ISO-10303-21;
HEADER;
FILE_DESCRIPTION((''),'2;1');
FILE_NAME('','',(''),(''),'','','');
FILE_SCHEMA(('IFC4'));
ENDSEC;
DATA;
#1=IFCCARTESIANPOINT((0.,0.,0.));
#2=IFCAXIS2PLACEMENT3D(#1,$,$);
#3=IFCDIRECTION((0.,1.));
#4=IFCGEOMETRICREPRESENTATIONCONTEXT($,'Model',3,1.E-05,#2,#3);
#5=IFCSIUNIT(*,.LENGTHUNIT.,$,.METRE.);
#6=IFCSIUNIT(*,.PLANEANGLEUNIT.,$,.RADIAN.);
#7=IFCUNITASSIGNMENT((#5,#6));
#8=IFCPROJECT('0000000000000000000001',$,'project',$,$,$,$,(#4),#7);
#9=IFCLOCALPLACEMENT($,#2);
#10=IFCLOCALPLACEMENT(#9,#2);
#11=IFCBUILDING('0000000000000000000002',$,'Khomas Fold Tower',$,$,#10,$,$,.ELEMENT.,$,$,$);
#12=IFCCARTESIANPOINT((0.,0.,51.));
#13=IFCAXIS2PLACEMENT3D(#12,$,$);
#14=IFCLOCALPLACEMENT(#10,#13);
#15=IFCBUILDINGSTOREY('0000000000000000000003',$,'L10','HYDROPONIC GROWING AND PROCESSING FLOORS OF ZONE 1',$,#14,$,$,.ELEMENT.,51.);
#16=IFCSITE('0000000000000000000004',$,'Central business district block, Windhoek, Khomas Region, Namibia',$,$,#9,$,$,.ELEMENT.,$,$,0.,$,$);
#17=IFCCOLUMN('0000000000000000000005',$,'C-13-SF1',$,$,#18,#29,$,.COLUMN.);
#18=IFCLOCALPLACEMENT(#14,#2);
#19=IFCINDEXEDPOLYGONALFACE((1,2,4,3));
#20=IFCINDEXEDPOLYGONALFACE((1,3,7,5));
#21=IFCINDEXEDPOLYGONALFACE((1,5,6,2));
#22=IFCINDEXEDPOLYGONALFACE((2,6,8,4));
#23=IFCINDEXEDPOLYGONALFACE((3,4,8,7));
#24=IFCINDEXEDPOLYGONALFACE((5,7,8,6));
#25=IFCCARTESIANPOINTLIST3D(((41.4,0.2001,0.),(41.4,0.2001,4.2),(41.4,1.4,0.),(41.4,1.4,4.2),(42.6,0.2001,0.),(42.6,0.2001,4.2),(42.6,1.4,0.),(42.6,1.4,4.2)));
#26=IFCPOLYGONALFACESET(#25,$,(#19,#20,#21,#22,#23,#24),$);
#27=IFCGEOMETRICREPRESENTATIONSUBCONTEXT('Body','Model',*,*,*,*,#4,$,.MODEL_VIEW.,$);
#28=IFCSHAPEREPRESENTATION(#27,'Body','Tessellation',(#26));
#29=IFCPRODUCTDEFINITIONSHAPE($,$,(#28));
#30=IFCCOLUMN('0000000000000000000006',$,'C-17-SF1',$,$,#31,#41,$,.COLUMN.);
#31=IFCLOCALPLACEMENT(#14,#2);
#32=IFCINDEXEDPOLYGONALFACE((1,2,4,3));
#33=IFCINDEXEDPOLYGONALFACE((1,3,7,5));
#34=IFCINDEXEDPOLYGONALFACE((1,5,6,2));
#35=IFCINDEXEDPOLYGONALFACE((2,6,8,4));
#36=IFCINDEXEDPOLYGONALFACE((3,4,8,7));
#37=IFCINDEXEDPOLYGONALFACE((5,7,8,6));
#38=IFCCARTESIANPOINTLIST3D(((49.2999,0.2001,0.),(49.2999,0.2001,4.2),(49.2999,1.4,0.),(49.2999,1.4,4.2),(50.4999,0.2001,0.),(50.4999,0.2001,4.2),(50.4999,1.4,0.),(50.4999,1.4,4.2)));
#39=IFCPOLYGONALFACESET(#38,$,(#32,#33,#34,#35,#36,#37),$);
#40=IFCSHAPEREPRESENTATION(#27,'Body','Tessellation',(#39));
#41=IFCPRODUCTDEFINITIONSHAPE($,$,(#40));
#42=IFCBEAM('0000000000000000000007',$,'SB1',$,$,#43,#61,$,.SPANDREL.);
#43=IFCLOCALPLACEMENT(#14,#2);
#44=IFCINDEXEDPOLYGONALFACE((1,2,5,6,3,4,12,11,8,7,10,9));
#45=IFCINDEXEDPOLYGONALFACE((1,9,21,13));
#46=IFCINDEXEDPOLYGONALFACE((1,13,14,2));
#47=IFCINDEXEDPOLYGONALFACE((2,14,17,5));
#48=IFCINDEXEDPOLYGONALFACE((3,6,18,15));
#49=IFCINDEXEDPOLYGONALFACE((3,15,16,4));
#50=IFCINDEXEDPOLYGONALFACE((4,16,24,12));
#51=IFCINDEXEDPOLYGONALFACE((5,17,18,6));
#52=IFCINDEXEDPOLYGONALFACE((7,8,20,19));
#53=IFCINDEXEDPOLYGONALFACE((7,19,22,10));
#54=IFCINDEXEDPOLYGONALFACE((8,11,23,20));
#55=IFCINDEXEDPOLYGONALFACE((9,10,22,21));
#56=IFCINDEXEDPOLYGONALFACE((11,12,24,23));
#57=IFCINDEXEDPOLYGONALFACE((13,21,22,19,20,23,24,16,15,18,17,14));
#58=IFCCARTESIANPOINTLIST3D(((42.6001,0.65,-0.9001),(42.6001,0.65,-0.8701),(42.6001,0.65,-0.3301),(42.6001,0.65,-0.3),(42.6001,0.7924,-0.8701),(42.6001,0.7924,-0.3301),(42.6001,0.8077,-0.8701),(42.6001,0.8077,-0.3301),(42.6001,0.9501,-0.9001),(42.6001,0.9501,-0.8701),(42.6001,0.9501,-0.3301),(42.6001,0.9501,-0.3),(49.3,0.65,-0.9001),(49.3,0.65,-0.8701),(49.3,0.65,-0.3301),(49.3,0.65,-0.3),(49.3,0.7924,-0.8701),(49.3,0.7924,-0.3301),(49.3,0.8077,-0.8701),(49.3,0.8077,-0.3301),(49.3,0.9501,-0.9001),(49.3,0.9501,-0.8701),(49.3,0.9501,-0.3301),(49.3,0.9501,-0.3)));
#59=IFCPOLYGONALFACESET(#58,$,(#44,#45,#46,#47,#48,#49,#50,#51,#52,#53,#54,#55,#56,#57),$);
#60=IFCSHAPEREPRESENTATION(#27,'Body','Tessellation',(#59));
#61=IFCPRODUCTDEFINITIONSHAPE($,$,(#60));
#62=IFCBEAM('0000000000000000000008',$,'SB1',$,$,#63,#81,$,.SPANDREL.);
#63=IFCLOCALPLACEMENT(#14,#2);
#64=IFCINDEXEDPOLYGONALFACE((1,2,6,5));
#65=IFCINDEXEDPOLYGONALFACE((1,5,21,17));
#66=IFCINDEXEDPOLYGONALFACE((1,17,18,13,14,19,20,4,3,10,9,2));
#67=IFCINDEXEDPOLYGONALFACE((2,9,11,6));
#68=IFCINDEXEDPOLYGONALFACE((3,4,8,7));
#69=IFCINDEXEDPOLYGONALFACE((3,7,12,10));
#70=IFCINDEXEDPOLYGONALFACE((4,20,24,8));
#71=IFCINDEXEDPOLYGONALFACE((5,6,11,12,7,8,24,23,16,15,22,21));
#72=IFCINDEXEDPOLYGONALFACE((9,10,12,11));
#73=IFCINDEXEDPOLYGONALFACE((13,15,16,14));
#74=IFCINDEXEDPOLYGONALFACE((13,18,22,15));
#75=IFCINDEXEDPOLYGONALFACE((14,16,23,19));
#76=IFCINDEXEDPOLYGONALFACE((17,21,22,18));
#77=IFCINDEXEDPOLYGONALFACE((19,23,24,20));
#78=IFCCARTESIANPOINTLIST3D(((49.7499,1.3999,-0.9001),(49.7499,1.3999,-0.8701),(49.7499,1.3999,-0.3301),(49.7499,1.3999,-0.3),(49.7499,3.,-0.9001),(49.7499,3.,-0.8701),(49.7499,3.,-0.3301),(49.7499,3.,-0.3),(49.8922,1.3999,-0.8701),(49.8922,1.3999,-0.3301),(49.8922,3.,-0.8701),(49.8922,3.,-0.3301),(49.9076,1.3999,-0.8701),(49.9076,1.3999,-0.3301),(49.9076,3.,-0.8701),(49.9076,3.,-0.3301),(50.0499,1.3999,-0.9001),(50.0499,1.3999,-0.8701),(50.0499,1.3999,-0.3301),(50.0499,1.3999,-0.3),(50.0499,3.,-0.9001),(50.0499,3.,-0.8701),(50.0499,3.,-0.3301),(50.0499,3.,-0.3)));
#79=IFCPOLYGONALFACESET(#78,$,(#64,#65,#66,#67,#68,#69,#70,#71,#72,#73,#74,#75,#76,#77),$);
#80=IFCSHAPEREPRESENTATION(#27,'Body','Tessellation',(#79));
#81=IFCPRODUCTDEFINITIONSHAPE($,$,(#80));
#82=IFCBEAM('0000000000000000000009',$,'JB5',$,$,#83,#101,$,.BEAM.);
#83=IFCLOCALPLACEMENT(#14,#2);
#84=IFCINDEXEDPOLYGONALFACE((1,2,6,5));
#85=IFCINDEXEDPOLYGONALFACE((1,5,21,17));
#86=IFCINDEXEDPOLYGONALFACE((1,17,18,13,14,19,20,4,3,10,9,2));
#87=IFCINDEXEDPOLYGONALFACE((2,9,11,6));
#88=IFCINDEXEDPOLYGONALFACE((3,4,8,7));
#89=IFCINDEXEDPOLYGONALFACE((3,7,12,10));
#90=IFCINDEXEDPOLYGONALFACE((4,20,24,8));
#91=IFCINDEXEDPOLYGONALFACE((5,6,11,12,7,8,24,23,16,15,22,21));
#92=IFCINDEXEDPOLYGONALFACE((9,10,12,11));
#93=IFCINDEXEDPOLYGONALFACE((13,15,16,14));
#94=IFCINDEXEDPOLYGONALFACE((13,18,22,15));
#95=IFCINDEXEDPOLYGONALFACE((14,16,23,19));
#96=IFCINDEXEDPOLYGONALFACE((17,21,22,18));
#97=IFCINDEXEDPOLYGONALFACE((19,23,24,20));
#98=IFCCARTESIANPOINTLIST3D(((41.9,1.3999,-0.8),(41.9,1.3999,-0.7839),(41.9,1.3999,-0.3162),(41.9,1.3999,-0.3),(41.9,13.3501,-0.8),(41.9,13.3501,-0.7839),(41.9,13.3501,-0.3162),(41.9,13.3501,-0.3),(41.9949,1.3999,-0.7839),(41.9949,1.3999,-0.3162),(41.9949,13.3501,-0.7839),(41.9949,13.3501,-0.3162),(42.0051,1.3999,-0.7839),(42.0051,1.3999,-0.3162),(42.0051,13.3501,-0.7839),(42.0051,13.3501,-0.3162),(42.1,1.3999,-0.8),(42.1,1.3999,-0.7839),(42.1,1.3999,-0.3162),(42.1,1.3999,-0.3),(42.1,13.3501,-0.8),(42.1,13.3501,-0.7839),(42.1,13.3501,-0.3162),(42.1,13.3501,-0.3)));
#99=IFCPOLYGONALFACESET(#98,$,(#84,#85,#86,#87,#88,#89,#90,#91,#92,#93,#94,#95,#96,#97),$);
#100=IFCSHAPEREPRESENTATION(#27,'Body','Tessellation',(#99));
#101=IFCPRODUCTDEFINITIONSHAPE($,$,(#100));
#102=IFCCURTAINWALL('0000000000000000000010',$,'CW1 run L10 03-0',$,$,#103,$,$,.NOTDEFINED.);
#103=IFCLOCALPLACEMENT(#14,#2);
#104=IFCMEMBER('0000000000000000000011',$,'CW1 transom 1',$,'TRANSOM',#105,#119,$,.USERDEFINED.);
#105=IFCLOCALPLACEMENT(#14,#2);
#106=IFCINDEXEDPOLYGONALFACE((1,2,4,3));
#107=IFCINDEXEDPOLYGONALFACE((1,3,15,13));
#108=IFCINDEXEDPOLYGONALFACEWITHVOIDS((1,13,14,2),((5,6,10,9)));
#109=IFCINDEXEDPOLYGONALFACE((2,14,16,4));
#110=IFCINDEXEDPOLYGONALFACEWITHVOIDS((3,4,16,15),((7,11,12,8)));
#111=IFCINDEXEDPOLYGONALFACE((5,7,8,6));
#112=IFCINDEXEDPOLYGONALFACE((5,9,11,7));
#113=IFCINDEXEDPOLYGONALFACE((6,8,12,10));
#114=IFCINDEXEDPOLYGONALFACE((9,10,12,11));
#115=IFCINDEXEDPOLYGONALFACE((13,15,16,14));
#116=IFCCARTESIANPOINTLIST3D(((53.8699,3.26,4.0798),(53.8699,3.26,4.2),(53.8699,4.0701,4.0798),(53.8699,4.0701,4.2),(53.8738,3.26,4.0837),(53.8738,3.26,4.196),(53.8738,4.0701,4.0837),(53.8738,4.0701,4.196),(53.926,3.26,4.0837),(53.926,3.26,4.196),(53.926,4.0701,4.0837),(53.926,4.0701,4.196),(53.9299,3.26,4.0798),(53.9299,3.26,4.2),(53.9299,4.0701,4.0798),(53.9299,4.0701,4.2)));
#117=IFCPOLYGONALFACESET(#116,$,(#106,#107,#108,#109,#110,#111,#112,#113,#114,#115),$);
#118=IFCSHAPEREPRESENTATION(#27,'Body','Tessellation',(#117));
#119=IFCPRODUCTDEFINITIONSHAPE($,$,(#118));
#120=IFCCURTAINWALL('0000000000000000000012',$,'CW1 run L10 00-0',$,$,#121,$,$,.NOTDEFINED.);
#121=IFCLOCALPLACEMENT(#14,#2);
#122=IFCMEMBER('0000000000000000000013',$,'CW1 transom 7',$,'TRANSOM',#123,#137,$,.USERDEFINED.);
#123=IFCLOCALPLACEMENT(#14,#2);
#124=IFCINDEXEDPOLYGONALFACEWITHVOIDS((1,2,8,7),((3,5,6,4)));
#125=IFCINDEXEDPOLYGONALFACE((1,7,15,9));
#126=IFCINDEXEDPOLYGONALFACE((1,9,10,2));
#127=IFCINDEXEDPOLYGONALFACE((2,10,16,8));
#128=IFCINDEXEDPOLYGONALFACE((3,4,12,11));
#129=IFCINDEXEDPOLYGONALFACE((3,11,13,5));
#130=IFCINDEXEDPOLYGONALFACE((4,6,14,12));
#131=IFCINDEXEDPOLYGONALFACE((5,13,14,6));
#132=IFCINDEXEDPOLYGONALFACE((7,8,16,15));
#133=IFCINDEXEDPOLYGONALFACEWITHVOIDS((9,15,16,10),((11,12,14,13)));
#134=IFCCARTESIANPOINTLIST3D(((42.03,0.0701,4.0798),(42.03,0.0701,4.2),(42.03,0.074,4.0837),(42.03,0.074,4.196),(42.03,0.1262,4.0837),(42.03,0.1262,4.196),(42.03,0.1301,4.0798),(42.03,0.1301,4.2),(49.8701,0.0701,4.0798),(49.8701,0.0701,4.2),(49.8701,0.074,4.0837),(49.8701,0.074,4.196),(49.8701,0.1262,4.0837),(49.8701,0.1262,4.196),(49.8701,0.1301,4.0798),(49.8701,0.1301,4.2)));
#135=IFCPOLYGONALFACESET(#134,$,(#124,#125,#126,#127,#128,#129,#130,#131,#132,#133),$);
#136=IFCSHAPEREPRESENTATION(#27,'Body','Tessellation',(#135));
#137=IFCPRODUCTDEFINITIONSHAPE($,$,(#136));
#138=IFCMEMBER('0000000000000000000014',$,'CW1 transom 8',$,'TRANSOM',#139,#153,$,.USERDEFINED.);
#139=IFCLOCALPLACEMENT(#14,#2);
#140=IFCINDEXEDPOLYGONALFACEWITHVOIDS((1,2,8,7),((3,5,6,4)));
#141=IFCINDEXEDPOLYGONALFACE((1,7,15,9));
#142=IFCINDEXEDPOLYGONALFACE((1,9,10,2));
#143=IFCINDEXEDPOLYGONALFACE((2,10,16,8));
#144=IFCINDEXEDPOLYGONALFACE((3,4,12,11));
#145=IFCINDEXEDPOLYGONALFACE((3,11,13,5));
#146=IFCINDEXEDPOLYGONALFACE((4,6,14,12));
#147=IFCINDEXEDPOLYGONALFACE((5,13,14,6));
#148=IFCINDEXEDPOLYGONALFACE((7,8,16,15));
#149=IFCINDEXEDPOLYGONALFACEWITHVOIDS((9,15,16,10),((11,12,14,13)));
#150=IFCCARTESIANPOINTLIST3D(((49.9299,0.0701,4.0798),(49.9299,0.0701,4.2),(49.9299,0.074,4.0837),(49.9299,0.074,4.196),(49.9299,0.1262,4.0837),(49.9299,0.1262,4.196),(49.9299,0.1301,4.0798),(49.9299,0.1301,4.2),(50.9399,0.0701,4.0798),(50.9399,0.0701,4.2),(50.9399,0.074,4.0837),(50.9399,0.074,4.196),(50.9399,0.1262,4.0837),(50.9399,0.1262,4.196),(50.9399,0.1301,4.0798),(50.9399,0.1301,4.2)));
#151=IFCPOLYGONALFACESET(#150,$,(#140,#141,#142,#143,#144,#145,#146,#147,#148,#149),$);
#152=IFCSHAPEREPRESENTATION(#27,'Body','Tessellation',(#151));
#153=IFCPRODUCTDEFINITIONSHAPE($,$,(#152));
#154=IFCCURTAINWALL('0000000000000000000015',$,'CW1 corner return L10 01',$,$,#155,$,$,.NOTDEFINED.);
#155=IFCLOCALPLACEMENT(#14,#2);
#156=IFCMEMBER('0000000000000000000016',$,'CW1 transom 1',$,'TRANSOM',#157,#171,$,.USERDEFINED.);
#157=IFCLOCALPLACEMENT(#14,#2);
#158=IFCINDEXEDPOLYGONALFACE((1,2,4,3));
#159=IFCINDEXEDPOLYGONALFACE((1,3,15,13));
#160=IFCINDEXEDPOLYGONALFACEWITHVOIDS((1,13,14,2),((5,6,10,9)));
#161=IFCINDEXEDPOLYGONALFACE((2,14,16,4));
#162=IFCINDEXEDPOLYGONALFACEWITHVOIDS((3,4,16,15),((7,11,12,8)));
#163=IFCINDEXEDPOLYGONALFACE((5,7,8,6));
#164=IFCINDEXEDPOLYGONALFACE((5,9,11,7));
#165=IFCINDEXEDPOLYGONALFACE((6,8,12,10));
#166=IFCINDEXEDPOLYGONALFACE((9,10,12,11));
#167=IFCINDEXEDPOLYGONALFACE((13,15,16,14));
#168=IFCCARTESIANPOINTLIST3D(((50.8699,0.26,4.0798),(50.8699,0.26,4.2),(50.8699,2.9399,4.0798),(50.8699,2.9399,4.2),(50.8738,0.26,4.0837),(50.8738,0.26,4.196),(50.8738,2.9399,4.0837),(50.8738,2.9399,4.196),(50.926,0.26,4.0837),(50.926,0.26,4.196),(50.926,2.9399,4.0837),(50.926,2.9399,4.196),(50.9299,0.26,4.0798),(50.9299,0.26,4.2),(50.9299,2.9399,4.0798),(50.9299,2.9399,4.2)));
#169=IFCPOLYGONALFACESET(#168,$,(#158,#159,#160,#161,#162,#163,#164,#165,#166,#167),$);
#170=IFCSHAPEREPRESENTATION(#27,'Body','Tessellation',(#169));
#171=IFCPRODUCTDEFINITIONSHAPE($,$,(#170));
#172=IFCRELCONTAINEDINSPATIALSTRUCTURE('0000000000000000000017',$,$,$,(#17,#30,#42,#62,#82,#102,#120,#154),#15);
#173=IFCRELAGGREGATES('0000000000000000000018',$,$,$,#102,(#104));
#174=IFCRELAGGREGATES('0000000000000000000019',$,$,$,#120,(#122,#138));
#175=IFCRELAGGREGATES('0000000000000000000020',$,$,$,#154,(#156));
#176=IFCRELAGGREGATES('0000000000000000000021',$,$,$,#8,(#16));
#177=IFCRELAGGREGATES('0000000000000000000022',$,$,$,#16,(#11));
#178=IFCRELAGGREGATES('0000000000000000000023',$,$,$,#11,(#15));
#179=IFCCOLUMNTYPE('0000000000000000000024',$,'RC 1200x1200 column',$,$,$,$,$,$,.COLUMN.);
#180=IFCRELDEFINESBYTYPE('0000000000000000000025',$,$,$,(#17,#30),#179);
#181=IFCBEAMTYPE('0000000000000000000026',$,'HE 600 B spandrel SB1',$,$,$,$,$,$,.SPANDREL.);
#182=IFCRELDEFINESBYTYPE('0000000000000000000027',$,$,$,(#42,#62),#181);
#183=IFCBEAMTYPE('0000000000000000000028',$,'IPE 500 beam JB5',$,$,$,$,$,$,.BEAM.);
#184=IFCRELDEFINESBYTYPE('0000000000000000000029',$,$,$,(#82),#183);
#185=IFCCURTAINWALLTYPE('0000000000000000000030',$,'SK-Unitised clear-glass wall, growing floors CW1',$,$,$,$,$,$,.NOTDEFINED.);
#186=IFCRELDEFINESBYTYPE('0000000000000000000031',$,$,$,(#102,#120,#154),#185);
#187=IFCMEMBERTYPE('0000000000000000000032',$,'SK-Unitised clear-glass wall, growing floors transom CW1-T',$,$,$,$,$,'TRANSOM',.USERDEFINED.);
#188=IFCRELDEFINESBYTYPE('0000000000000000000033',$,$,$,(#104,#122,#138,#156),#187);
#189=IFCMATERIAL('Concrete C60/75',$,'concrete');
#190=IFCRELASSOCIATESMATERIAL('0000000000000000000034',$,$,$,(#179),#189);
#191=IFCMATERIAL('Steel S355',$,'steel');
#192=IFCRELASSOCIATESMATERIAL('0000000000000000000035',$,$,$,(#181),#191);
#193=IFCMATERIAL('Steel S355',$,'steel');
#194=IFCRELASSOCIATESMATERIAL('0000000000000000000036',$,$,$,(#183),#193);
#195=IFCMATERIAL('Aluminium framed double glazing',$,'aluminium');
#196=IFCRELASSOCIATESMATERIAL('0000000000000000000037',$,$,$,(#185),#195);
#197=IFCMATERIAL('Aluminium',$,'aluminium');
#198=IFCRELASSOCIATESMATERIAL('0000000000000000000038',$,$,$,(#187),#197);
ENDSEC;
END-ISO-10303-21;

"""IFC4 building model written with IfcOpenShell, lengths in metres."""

from ifc_helpers import new_model, si_unit, direction, frame, origin, origin_2d, place, context, subcontext, project, spatial, rectangle, hollow_rectangle, i_section, extrude, source, transform, mapped, material, material_profile, profile_set, type_object, element, aggregate, save


model = new_model("IFC4")

# Units and contexts
model_context = context("Model", 3, precision=1e-05, world=origin(), true_north=direction((0.0, 1.0)))
body_context = subcontext(model_context, "Body", "Model", "MODEL_VIEW")
ifc_project = project(units=[si_unit("LENGTHUNIT", "METRE"), si_unit("PLANEANGLEUNIT", "RADIAN")], contexts=[model_context])

# Site, building, storey
site_placement = place(None, origin())
site = spatial("IfcSite", under=ifc_project, at=site_placement, Name="Central business district block, Windhoek, Khomas Region, Namibia", CompositionType="ELEMENT", RefElevation=0.0)
building_placement = place(site_placement, origin())
building = spatial("IfcBuilding", under=site, at=building_placement, Name="Khomas Fold Tower", CompositionType="ELEMENT")
storey_placement = place(building_placement, frame((0.0, 0.0, 51.0)))
storey = spatial("IfcBuildingStorey", under=building, at=storey_placement, Name="L10", Description="HYDROPONIC GROWING AND PROCESSING FLOORS OF ZONE 1", CompositionType="ELEMENT", Elevation=51.0)

# Columns
ifc_material_1 = material(Name="Concrete C60/75", Category="concrete")
ifc_material_profile_1 = material_profile(ifc_material_1, rectangle(XDim=1.2, YDim=1.2, at=origin_2d()), Name="RC 1200x1200")
ifc_profile_set_1 = profile_set([ifc_material_profile_1], Name="Concrete C60/75")
column_type = type_object("IfcColumnType", Name="RC 1200x1200 column", PredefinedType="COLUMN", material=ifc_profile_set_1)
shared_shape_1 = source(origin(), body_context, "Body", "SweptSolid", [
    extrude(rectangle(XDim=1.2, YDim=1.2, at=origin_2d()), origin(), (0.0, 0.0, 1.0), 4.2),
])
for number, where, z_axis, x_axis, name in (
    (1, (42.0, 0.8, 0.0), (0.0, 0.0, 1.0), (1.0, 0.0, 0.0), "C-13-SF1"),
    (2, (49.8999, 0.8, 0.0), (0.0, 0.0, 1.0), (1.0, 0.0, 0.0), "C-17-SF1"),
):
    element("IfcColumn", number, at=place(storey_placement, frame(where, z_axis=z_axis, x_axis=x_axis)), inside=storey, type_object=column_type, Name=name, PredefinedType="COLUMN", context=body_context, shape_type="MappedRepresentation", body=[
        mapped(shared_shape_1, transform((0.0, 0.0, 0.0))),
    ])

# Beams
ifc_material_2 = material(Name="Steel S355", Category="steel")
ifc_material_profile_2 = material_profile(ifc_material_2, i_section(OverallWidth=0.3, OverallDepth=0.6001, WebThickness=0.0154, FlangeThickness=0.03, at=origin_2d()), Name="HE 600 B")
ifc_profile_set_2 = profile_set([ifc_material_profile_2], Name="Steel S355")
beam_type_1 = type_object("IfcBeamType", Name="HE 600 B spandrel SB1", PredefinedType="SPANDREL", material=ifc_profile_set_2)
shared_shape_2 = source(origin(), body_context, "Body", "SweptSolid", [
    extrude(i_section(OverallWidth=0.3, OverallDepth=0.6001, WebThickness=0.0154, FlangeThickness=0.03, at=origin_2d()), origin(), (0.0, 0.0, 1.0), 6.7),
])
beam_1_placement = place(storey_placement, frame((42.6001, 0.8, -0.6001), z_axis=(1.0, 0.0, 0.0), x_axis=(0.0, 1.0, 0.0)))
element("IfcBeam", 3, at=beam_1_placement, inside=storey, type_object=beam_type_1, Name="SB1", PredefinedType="SPANDREL", context=body_context, shape_type="MappedRepresentation", body=[
    mapped(shared_shape_2, transform((0.0, 0.0, 0.0))),
])
shared_shape_3 = source(origin(), body_context, "Body", "SweptSolid", [
    extrude(i_section(OverallWidth=0.3, OverallDepth=0.6001, WebThickness=0.0154, FlangeThickness=0.03, at=origin_2d()), origin(), (0.0, 0.0, 1.0), 1.6001),
])
beam_2_placement = place(storey_placement, frame((49.8999, 1.3999, -0.6001), z_axis=(0.0, 1.0, 0.0), x_axis=(-1.0, 0.0, 0.0)))
element("IfcBeam", 4, at=beam_2_placement, inside=storey, type_object=beam_type_1, Name="SB1", PredefinedType="SPANDREL", context=body_context, shape_type="MappedRepresentation", body=[
    mapped(shared_shape_3, transform((0.0, 0.0, 0.0))),
])
ifc_material_3 = material(Name="Steel S355", Category="steel")
ifc_material_profile_3 = material_profile(ifc_material_3, i_section(OverallWidth=0.2, OverallDepth=0.5, WebThickness=0.0103, FlangeThickness=0.0161, at=origin_2d()), Name="IPE 500")
ifc_profile_set_3 = profile_set([ifc_material_profile_3], Name="Steel S355")
beam_type_2 = type_object("IfcBeamType", Name="IPE 500 beam JB5", PredefinedType="BEAM", material=ifc_profile_set_3)
shared_shape_4 = source(origin(), body_context, "Body", "SweptSolid", [
    extrude(i_section(OverallWidth=0.2, OverallDepth=0.5, WebThickness=0.0103, FlangeThickness=0.0161, at=origin_2d()), origin(), (0.0, 0.0, 1.0), 11.9502),
])
beam_3_placement = place(storey_placement, frame((42.0, 1.3999, -0.55), z_axis=(0.0, 1.0, 0.0), x_axis=(-1.0, 0.0, 0.0)))
element("IfcBeam", 5, at=beam_3_placement, inside=storey, type_object=beam_type_2, Name="JB5", PredefinedType="BEAM", context=body_context, shape_type="MappedRepresentation", body=[
    mapped(shared_shape_4, transform((0.0, 0.0, 0.0))),
])

# Curtain wall, member
ifc_material_4 = material(Name="Aluminium framed double glazing", Category="aluminium")
curtain_wall_type = type_object("IfcCurtainWallType", Name="SK-Unitised clear-glass wall, growing floors CW1", PredefinedType="NOTDEFINED", material=ifc_material_4)
curtain_wall_1_placement = place(storey_placement, origin())
curtain_wall_1 = element("IfcCurtainWall", 6, at=curtain_wall_1_placement, inside=storey, type_object=curtain_wall_type, Name="CW1 run L10 03-0", PredefinedType="NOTDEFINED")
ifc_material_5 = material(Name="Aluminium", Category="aluminium")
ifc_material_profile_4 = material_profile(ifc_material_5, hollow_rectangle(XDim=0.0601, YDim=0.1201, WallThickness=0.0039, at=origin_2d()), Name="SK-Unitised clear-glass wall, growing floors transom CW1-T")
ifc_profile_set_4 = profile_set([ifc_material_profile_4], Name="Aluminium")
member_type_1 = type_object("IfcMemberType", Name="SK-Unitised clear-glass wall, growing floors transom CW1-T", ElementType="TRANSOM", PredefinedType="USERDEFINED", material=ifc_profile_set_4)
shared_shape_5 = source(origin(), body_context, "Body", "SweptSolid", [
    extrude(hollow_rectangle(XDim=0.0601, YDim=0.1201, WallThickness=0.0039, at=origin_2d()), origin(), (0.0, 0.0, 1.0), 0.8101),
])
member_1_placement = place(storey_placement, frame((53.8999, 3.26, 4.1399), z_axis=(0.0, 1.0, 0.0), x_axis=(-1.0, 0.0, 0.0)))
member_1 = element("IfcMember", 7, at=member_1_placement, type_object=member_type_1, Name="CW1 transom 1", ObjectType="TRANSOM", PredefinedType="USERDEFINED", context=body_context, shape_type="MappedRepresentation", body=[
    mapped(shared_shape_5, transform((0.0, 0.0, 0.0))),
])
aggregate(curtain_wall_1, [member_1])

# Curtain wall, members
curtain_wall_2_placement = place(storey_placement, origin())
curtain_wall_2 = element("IfcCurtainWall", 8, at=curtain_wall_2_placement, inside=storey, type_object=curtain_wall_type, Name="CW1 run L10 00-0", PredefinedType="NOTDEFINED")
shared_shape_6 = source(origin(), body_context, "Body", "SweptSolid", [
    extrude(hollow_rectangle(XDim=0.0601, YDim=0.1201, WallThickness=0.0039, at=origin_2d()), origin(), (0.0, 0.0, 1.0), 7.8401),
])
member_2_placement = place(storey_placement, frame((42.03, 0.1001, 4.1399), z_axis=(1.0, 0.0, 0.0), x_axis=(0.0, 1.0, 0.0)))
member_2 = element("IfcMember", 9, at=member_2_placement, type_object=member_type_1, Name="CW1 transom 7", ObjectType="TRANSOM", PredefinedType="USERDEFINED", context=body_context, shape_type="MappedRepresentation", body=[
    mapped(shared_shape_6, transform((0.0, 0.0, 0.0))),
])
shared_shape_7 = source(origin(), body_context, "Body", "SweptSolid", [
    extrude(hollow_rectangle(XDim=0.0601, YDim=0.1201, WallThickness=0.0039, at=origin_2d()), origin(), (0.0, 0.0, 1.0), 1.01),
])
member_3_placement = place(storey_placement, frame((49.9299, 0.1001, 4.1399), z_axis=(1.0, 0.0, 0.0), x_axis=(0.0, 1.0, 0.0)))
member_3 = element("IfcMember", 10, at=member_3_placement, type_object=member_type_1, Name="CW1 transom 8", ObjectType="TRANSOM", PredefinedType="USERDEFINED", context=body_context, shape_type="MappedRepresentation", body=[
    mapped(shared_shape_7, transform((0.0, 0.0, 0.0))),
])

# Curtain wall, member
curtain_wall_3_placement = place(storey_placement, origin())
curtain_wall_3 = element("IfcCurtainWall", 11, at=curtain_wall_3_placement, inside=storey, type_object=curtain_wall_type, Name="CW1 corner return L10 01", PredefinedType="NOTDEFINED")
shared_shape_8 = source(origin(), body_context, "Body", "SweptSolid", [
    extrude(hollow_rectangle(XDim=0.0601, YDim=0.1201, WallThickness=0.0039, at=origin_2d()), origin(), (0.0, 0.0, 1.0), 2.6799),
])
member_4_placement = place(storey_placement, frame((50.8999, 0.26, 4.1399), z_axis=(0.0, 1.0, 0.0), x_axis=(-1.0, 0.0, 0.0)))
member_4 = element("IfcMember", 12, at=member_4_placement, type_object=member_type_1, Name="CW1 transom 1", ObjectType="TRANSOM", PredefinedType="USERDEFINED", context=body_context, shape_type="MappedRepresentation", body=[
    mapped(shared_shape_8, transform((0.0, 0.0, 0.0))),
])

aggregate(curtain_wall_2, [member_2, member_3])
aggregate(curtain_wall_3, [member_4])

save(model, "model.ifc")
